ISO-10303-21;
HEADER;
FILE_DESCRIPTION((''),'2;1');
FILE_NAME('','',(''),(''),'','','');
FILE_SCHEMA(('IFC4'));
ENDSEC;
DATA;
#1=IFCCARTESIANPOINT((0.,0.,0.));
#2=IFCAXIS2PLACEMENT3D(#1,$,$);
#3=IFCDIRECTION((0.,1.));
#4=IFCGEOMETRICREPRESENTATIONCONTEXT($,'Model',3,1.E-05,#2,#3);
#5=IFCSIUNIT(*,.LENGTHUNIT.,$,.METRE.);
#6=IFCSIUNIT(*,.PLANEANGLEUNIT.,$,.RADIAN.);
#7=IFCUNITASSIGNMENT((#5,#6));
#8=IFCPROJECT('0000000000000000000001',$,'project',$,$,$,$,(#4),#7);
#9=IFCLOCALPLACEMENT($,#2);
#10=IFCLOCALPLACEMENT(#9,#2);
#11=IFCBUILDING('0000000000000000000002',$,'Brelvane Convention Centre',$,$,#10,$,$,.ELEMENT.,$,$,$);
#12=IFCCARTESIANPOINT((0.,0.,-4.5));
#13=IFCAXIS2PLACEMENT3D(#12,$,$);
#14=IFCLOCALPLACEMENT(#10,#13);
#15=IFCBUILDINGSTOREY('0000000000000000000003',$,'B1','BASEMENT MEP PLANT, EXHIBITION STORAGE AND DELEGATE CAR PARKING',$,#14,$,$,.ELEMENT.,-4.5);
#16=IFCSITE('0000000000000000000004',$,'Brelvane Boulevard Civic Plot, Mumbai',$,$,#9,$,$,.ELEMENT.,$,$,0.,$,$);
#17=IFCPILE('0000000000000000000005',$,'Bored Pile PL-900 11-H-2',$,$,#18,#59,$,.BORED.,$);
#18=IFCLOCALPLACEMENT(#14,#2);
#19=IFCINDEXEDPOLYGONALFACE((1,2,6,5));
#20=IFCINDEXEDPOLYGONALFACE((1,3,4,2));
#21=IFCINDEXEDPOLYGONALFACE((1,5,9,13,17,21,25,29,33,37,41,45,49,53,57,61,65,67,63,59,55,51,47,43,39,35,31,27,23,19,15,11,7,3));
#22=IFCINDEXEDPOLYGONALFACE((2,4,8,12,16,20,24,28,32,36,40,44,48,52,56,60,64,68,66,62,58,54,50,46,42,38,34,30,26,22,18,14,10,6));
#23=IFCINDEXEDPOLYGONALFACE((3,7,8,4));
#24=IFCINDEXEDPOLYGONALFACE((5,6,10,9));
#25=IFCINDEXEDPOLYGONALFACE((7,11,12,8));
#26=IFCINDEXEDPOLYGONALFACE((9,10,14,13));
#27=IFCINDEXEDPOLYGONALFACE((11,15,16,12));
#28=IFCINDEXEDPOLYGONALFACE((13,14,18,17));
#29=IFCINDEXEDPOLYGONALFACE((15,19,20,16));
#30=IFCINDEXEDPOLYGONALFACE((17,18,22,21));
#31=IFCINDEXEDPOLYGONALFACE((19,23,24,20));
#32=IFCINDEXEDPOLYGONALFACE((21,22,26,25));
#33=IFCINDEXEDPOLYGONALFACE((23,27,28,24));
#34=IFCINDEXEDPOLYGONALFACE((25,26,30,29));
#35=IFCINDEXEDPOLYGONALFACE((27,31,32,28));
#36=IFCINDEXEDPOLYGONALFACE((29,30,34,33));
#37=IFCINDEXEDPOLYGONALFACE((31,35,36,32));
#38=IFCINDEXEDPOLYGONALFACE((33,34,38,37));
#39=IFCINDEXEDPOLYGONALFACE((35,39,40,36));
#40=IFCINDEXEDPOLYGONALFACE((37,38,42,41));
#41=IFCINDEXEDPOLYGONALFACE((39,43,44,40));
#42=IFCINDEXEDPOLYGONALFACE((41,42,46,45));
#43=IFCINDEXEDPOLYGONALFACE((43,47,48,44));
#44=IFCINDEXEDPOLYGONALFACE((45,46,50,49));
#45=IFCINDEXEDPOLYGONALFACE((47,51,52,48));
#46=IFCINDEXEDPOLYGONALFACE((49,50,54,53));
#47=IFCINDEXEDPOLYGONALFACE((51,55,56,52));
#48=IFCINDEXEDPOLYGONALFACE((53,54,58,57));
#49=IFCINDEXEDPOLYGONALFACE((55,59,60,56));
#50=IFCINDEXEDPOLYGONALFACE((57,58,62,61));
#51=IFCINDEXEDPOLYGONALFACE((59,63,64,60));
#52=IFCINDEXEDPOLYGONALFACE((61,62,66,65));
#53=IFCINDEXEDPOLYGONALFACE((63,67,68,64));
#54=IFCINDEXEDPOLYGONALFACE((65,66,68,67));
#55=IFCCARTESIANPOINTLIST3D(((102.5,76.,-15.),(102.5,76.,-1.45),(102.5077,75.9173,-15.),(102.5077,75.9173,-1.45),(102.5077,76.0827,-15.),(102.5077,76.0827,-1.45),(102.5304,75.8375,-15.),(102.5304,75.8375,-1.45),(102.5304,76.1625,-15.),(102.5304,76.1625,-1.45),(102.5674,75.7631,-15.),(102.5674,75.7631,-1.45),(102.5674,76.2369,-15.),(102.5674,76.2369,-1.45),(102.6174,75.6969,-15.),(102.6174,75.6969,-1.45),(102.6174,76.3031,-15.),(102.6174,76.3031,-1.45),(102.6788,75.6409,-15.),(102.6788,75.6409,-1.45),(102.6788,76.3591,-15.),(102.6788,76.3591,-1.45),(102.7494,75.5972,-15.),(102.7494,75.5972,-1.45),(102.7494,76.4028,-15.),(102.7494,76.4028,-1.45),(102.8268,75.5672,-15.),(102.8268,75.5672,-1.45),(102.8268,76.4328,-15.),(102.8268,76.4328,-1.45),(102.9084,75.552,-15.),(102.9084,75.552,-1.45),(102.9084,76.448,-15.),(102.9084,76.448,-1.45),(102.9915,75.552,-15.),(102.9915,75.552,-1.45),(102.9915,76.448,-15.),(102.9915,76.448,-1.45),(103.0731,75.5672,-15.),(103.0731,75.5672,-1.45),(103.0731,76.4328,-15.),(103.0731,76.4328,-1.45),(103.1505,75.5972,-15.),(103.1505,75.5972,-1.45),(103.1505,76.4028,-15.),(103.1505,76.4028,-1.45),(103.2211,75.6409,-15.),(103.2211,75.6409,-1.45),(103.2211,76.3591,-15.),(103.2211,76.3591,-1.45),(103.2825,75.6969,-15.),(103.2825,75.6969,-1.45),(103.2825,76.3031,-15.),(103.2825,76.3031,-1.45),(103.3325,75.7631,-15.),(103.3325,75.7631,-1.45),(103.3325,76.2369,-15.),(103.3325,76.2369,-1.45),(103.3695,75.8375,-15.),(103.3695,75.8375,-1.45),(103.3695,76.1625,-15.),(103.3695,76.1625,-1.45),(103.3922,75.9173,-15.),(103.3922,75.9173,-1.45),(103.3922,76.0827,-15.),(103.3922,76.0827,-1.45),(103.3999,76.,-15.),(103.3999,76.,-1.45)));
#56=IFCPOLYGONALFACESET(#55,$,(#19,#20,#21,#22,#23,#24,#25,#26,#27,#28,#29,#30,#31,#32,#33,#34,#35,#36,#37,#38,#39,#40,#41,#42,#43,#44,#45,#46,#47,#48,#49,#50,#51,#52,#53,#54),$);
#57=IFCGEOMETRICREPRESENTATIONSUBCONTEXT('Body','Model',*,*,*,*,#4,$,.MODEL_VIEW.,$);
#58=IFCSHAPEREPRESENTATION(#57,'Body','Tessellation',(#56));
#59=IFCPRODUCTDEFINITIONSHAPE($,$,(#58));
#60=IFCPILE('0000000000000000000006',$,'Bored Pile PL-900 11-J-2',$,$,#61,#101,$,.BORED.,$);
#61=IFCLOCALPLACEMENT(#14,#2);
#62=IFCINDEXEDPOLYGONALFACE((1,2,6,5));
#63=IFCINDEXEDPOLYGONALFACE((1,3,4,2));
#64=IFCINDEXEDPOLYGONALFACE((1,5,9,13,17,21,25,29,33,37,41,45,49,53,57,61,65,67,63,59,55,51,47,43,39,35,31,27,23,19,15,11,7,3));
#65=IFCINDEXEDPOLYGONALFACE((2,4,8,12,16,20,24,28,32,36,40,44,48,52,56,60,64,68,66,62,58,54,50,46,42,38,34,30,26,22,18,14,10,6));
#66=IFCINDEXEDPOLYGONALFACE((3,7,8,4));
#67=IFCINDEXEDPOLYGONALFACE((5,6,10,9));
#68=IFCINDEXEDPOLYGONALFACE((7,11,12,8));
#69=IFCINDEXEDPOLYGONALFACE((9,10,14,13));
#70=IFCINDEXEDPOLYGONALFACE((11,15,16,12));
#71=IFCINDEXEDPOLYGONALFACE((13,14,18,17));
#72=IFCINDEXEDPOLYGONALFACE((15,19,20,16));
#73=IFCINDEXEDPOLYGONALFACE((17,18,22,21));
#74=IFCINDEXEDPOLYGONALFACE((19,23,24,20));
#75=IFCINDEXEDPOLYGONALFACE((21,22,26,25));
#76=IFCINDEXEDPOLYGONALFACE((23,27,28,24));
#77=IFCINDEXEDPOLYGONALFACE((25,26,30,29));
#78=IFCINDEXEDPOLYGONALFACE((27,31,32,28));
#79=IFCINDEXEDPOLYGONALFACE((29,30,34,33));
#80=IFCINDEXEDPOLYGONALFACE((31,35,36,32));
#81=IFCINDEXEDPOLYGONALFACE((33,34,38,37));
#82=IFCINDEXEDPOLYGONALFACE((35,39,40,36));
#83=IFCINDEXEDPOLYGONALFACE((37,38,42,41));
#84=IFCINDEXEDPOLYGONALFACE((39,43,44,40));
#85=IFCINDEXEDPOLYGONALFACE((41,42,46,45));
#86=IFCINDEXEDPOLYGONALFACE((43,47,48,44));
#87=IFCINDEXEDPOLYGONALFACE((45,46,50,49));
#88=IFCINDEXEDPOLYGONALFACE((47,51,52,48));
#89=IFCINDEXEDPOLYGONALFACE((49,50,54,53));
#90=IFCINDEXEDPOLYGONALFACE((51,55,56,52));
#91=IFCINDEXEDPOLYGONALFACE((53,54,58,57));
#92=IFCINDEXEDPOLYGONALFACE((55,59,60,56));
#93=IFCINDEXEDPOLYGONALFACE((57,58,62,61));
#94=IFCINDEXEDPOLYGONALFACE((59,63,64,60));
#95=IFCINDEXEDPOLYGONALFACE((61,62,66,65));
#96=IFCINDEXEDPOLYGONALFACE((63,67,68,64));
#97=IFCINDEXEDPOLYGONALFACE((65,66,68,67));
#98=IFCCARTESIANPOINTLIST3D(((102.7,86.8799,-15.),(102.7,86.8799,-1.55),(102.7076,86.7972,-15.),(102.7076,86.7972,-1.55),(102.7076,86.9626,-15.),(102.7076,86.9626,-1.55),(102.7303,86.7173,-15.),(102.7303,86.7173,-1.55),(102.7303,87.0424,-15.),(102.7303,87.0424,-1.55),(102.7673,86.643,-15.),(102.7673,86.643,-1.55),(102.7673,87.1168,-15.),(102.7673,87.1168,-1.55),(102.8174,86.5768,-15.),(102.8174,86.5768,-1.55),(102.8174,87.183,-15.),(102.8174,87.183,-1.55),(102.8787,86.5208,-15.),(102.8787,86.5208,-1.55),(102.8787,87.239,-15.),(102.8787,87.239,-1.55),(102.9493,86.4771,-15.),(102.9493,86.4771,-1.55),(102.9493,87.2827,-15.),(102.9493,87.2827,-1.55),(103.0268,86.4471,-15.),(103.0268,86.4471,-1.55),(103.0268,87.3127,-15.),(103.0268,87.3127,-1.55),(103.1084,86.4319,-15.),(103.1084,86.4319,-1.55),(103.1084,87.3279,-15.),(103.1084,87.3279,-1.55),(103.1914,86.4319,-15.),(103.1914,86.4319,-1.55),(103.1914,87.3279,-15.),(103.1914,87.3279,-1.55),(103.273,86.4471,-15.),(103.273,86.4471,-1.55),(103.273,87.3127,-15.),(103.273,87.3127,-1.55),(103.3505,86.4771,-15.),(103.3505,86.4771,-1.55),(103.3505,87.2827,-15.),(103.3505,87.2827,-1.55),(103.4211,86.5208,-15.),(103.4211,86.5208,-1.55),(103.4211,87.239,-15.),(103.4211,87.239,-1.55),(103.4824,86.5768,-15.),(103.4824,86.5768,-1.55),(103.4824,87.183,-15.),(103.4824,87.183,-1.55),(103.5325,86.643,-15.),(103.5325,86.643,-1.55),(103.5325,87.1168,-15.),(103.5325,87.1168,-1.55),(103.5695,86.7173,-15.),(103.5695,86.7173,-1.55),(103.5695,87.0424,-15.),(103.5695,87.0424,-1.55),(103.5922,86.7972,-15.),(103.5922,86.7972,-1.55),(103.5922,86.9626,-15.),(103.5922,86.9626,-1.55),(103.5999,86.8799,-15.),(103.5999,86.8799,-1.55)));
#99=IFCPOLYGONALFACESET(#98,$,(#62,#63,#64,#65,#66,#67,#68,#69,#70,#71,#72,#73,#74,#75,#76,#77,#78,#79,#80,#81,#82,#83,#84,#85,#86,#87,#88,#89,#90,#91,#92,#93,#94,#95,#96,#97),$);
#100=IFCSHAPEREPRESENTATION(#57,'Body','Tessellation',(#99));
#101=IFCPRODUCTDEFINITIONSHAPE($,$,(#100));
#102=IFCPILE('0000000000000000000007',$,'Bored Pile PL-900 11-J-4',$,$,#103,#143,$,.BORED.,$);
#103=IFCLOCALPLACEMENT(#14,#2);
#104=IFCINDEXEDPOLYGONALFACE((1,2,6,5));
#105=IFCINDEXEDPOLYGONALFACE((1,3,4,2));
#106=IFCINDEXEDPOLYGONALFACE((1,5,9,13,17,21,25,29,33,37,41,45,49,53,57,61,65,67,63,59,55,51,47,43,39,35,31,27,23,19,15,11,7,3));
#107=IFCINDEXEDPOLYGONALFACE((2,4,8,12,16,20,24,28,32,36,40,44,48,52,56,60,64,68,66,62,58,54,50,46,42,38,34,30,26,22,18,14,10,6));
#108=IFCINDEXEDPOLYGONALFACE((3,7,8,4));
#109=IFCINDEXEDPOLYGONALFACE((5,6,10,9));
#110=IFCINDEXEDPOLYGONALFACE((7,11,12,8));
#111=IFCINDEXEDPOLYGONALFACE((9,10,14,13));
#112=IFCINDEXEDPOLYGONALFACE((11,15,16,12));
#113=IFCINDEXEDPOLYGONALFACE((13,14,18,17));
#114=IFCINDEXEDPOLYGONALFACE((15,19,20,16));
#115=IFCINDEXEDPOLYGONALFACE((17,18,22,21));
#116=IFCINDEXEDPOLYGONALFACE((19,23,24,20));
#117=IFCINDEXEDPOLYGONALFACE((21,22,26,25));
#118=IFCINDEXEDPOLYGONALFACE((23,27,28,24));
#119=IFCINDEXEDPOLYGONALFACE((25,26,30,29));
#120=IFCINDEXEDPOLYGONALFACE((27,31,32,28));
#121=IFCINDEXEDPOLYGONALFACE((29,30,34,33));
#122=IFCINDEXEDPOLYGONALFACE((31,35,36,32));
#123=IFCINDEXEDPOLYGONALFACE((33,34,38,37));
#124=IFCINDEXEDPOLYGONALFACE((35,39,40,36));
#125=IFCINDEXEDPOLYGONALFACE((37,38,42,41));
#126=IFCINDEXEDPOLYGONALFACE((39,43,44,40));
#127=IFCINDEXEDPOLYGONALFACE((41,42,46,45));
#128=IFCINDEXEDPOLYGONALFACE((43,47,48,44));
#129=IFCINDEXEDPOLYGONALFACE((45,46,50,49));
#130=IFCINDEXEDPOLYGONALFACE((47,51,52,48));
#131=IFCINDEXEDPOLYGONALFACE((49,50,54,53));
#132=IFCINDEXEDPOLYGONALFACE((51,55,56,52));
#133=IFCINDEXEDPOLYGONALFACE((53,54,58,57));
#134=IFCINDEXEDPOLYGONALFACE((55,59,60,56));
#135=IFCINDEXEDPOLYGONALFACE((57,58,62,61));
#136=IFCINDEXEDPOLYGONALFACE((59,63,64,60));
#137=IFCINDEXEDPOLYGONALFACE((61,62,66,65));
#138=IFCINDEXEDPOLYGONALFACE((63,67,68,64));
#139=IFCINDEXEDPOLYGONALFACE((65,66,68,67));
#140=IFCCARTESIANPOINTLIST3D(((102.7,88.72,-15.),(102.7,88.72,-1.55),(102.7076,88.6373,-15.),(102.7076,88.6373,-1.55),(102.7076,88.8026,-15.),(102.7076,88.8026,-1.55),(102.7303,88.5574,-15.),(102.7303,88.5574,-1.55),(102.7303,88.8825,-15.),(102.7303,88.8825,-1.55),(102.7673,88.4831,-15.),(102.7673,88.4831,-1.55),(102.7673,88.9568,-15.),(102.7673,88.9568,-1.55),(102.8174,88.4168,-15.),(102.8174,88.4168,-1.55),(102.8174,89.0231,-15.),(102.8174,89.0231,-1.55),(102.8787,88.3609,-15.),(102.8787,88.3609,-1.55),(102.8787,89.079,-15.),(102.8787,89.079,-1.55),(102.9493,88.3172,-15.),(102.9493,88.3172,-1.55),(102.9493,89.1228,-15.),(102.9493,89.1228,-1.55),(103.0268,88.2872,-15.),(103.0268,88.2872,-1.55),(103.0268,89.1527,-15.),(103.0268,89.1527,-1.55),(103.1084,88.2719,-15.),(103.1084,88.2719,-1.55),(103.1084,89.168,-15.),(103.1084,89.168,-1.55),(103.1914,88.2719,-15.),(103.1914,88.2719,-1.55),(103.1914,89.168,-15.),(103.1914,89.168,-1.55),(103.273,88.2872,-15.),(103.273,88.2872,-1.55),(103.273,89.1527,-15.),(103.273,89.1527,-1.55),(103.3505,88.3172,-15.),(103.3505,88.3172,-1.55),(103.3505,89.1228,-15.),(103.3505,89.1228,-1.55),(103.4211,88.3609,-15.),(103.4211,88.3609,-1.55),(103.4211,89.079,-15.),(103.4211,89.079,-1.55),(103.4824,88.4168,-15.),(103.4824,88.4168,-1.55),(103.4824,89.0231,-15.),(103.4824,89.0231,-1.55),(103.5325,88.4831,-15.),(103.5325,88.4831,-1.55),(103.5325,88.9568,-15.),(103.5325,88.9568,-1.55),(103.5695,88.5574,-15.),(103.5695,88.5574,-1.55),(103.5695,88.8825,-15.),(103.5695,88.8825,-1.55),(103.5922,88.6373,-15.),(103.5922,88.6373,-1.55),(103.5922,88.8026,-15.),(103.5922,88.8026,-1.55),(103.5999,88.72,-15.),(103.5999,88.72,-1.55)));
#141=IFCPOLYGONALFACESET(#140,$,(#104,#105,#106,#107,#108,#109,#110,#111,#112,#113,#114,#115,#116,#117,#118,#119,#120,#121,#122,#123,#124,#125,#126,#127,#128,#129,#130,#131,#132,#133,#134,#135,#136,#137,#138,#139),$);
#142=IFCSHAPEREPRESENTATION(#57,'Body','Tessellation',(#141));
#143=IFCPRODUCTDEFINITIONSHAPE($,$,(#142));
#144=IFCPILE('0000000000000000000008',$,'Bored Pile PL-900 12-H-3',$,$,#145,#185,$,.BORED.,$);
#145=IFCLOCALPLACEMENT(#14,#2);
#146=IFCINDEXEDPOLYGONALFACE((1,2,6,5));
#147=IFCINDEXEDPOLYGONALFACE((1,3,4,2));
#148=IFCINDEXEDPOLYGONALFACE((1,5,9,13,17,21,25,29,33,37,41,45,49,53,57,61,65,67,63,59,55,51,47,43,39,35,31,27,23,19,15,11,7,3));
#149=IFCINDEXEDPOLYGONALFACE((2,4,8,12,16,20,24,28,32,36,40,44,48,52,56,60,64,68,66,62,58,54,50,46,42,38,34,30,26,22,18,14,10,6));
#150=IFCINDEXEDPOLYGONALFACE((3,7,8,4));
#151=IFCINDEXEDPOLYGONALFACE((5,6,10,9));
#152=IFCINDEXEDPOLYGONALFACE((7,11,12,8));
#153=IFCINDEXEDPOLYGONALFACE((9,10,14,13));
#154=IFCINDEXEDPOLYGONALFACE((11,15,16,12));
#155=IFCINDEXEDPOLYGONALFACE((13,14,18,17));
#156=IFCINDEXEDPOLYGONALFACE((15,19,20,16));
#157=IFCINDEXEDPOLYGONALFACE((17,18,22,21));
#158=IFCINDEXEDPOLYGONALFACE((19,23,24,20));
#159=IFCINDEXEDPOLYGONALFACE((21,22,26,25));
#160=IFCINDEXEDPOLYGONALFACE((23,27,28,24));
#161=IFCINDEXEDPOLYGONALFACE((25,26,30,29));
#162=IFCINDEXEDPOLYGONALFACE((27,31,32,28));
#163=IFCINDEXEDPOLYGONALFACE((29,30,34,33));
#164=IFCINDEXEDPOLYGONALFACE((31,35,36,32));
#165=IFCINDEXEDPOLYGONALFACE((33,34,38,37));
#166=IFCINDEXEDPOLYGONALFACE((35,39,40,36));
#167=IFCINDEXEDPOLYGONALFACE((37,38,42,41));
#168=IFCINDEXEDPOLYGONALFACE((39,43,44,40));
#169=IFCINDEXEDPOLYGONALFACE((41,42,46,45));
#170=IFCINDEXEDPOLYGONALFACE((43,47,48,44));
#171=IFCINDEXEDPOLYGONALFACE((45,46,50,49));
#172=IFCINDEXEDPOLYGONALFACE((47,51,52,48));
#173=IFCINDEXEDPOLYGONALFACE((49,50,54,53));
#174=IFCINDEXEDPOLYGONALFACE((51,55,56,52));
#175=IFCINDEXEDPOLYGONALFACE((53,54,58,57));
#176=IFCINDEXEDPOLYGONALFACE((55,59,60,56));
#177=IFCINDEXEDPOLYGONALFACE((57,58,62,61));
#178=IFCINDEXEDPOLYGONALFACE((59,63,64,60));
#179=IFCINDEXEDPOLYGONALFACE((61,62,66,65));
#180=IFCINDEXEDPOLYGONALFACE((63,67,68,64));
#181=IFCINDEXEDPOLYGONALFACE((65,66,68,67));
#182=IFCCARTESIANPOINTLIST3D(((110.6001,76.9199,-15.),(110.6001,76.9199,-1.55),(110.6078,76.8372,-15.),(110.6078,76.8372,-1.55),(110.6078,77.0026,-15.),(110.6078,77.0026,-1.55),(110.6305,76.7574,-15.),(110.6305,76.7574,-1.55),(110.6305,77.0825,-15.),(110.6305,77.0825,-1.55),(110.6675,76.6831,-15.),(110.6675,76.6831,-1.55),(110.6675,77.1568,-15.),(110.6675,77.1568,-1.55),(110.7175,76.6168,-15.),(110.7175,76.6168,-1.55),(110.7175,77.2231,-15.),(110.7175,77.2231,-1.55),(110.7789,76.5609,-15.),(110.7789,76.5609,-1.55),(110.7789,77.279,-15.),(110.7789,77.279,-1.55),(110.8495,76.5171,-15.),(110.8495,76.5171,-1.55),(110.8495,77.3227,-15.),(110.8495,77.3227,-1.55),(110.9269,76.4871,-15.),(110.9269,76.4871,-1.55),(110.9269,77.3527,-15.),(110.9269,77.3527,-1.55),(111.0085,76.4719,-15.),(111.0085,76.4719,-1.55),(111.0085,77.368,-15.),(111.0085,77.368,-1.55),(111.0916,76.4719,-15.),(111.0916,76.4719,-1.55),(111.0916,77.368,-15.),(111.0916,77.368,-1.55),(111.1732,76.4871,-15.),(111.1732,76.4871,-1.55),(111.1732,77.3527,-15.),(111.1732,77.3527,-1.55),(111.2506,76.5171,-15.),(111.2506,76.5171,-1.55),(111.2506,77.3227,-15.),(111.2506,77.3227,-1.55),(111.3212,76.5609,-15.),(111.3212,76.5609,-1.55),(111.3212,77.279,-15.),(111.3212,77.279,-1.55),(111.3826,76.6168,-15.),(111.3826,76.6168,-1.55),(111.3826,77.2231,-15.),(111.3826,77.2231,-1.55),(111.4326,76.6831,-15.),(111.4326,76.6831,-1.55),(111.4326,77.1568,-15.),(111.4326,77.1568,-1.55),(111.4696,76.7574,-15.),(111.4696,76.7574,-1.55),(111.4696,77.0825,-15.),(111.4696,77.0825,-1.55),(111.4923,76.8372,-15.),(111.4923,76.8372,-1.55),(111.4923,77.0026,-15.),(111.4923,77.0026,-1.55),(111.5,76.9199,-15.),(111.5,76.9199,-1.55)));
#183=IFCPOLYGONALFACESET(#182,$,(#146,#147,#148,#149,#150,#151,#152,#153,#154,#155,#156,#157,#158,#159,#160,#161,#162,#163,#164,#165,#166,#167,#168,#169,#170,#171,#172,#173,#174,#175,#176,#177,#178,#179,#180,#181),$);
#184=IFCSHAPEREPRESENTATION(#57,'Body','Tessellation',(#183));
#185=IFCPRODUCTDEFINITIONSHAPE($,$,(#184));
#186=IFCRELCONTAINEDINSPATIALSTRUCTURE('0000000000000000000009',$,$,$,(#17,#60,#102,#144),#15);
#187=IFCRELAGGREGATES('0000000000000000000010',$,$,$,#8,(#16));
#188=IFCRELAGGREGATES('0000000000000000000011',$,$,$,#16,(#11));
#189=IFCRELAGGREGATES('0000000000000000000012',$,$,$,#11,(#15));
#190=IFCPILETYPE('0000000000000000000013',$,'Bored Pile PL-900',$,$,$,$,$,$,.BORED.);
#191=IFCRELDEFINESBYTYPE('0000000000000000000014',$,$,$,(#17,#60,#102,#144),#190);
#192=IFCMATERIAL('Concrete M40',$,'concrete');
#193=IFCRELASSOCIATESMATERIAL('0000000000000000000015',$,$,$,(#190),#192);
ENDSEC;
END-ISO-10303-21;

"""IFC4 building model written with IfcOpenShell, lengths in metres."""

from ifc_helpers import new_model, si_unit, direction, frame, origin, origin_2d, place, context, subcontext, project, spatial, circle, extrude, material, material_profile, profile_set, type_object, element, save


model = new_model("IFC4")

# Units and contexts
model_context = context("Model", 3, precision=1e-05, world=origin(), true_north=direction((0.0, 1.0)))
body_context = subcontext(model_context, "Body", "Model", "MODEL_VIEW")
ifc_project = project(units=[si_unit("LENGTHUNIT", "METRE"), si_unit("PLANEANGLEUNIT", "RADIAN")], contexts=[model_context])

# Site, building, storey
site_placement = place(None, origin())
site = spatial("IfcSite", under=ifc_project, at=site_placement, Name="Brelvane Boulevard Civic Plot, Mumbai", CompositionType="ELEMENT", RefElevation=0.0)
building_placement = place(site_placement, origin())
building = spatial("IfcBuilding", under=site, at=building_placement, Name="Brelvane Convention Centre", CompositionType="ELEMENT")
storey_placement = place(building_placement, frame((0.0, 0.0, -4.5)))
storey = spatial("IfcBuildingStorey", under=building, at=storey_placement, Name="B1", Description="BASEMENT MEP PLANT, EXHIBITION STORAGE AND DELEGATE CAR PARKING", CompositionType="ELEMENT", Elevation=-4.5)

# Piles
ifc_material_1 = material(Name="Concrete M40", Category="concrete")
ifc_material_profile_1 = material_profile(ifc_material_1, circle(Radius=0.45, at=origin_2d()), Name="PILE D900")
ifc_profile_set_1 = profile_set([ifc_material_profile_1], Name="Concrete M40")
pile_type = type_object("IfcPileType", Name="Bored Pile PL-900", PredefinedType="BORED", material=ifc_profile_set_1)
pile_1_placement = place(storey_placement, frame((102.95, 76.0, -1.45), z_axis=(0.0, 0.0, -1.0), x_axis=(1.0, 0.0, 0.0)))
element("IfcPile", 1, at=pile_1_placement, inside=storey, type_object=pile_type, Name="Bored Pile PL-900 11-H-2", PredefinedType="BORED", context=body_context, shape_type="SweptSolid", body=[
    extrude(circle(Radius=0.45, at=origin_2d()), origin(), (0.0, 0.0, 1.0), 13.55),
])
for number, where, z_axis, x_axis, name in (
    (2, (103.1499, 86.8799, -1.55), (0.0, 0.0, -1.0), (1.0, 0.0, 0.0), "Bored Pile PL-900 11-J-2"),
    (3, (103.1499, 88.72, -1.55), (0.0, 0.0, -1.0), (1.0, 0.0, 0.0), "Bored Pile PL-900 11-J-4"),
    (4, (111.05, 76.9199, -1.55), (0.0, 0.0, -1.0), (1.0, 0.0, 0.0), "Bored Pile PL-900 12-H-3"),
):
    element("IfcPile", number, at=place(storey_placement, frame(where, z_axis=z_axis, x_axis=x_axis)), inside=storey, type_object=pile_type, Name=name, PredefinedType="BORED", context=body_context, shape_type="SweptSolid", body=[
        extrude(circle(Radius=0.45, at=origin_2d()), origin(), (0.0, 0.0, 1.0), 13.45),
    ])

save(model, "model.ifc")
